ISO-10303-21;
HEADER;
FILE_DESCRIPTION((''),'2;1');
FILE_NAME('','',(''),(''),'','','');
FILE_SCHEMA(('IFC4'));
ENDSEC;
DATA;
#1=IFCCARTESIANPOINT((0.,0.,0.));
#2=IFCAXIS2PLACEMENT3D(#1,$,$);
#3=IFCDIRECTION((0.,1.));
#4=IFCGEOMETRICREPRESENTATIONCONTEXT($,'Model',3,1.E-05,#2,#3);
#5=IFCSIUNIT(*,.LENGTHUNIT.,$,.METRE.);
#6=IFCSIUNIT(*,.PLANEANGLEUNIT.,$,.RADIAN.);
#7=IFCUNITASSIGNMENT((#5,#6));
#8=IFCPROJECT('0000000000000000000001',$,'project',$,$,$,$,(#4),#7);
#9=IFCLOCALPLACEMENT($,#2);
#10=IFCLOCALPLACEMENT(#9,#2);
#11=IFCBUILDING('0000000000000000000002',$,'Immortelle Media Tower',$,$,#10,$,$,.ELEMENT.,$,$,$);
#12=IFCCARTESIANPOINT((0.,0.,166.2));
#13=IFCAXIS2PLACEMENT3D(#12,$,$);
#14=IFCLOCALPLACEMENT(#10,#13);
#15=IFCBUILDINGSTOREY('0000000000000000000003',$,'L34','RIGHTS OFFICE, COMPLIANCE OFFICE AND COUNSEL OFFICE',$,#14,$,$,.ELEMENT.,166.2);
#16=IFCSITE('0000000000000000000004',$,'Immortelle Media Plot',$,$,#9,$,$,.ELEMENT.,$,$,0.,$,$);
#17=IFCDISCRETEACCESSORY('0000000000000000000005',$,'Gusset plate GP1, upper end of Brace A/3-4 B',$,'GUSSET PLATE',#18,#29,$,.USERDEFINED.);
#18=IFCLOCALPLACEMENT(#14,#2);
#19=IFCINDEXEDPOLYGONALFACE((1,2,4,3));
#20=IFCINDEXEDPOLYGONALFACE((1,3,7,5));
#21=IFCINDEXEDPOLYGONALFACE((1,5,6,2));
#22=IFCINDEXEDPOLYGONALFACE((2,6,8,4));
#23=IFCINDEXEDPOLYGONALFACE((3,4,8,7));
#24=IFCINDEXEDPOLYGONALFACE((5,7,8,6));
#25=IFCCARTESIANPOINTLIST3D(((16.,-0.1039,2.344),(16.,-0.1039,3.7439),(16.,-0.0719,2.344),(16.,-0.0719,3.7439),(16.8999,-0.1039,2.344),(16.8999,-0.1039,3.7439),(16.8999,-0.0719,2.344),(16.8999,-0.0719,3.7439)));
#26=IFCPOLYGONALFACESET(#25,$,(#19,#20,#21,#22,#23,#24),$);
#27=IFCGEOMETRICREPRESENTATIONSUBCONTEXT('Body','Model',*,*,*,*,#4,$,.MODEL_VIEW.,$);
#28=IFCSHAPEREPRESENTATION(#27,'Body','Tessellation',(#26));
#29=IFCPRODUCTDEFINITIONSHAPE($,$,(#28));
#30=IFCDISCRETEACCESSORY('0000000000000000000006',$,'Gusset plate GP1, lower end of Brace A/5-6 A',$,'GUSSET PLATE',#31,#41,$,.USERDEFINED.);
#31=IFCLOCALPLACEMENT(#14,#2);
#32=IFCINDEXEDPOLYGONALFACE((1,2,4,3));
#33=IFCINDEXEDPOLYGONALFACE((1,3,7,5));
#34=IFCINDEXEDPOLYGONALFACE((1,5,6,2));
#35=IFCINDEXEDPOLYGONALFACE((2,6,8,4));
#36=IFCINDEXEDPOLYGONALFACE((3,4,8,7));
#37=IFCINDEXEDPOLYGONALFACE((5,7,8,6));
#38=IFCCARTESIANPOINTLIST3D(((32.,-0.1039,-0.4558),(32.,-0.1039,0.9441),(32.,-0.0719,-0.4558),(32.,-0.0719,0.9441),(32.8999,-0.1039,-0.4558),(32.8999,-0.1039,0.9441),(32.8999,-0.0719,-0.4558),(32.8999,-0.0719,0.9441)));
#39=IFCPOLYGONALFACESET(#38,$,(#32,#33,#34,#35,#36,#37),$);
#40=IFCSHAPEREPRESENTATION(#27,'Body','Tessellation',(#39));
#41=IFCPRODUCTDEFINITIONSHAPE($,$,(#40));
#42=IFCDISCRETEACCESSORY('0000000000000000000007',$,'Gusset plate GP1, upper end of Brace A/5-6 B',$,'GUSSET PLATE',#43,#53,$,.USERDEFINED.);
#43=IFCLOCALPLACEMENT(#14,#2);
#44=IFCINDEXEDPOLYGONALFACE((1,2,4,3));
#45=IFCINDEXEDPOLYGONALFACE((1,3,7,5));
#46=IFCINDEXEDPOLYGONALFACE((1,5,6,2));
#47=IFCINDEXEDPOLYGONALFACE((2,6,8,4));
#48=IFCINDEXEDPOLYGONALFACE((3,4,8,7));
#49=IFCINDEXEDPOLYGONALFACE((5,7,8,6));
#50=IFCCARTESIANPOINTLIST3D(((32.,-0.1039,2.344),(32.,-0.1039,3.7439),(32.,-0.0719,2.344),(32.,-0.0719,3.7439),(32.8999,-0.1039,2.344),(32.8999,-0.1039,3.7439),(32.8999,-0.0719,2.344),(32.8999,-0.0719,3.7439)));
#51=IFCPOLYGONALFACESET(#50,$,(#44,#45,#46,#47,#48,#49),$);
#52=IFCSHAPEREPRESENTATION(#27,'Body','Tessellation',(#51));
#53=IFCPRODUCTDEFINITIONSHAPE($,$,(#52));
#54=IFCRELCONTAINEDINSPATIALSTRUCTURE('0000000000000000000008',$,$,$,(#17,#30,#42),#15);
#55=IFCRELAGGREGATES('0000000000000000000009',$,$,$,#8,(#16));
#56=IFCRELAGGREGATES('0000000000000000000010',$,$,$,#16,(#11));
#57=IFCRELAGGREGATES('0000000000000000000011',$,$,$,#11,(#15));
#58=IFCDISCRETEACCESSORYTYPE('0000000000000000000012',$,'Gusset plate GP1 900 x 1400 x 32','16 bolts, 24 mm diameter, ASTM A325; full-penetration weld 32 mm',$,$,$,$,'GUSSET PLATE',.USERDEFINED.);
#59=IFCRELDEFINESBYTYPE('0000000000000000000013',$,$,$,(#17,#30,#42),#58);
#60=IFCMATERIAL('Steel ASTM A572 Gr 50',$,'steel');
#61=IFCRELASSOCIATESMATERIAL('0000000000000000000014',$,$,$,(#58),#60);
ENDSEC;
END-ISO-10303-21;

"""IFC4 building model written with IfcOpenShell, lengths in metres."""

from ifc_helpers import new_model, si_unit, direction, frame, origin, origin_2d, place, context, subcontext, project, spatial, rectangle, extrude, material, material_profile, profile_set, type_object, element, save


model = new_model("IFC4")

# Units and contexts
model_context = context("Model", 3, precision=1e-05, world=origin(), true_north=direction((0.0, 1.0)))
body_context = subcontext(model_context, "Body", "Model", "MODEL_VIEW")
ifc_project = project(units=[si_unit("LENGTHUNIT", "METRE"), si_unit("PLANEANGLEUNIT", "RADIAN")], contexts=[model_context])

# Site, building, storey
site_placement = place(None, origin())
site = spatial("IfcSite", under=ifc_project, at=site_placement, Name="Immortelle Media Plot", CompositionType="ELEMENT", RefElevation=0.0)
building_placement = place(site_placement, origin())
building = spatial("IfcBuilding", under=site, at=building_placement, Name="Immortelle Media Tower", CompositionType="ELEMENT")
storey_placement = place(building_placement, frame((0.0, 0.0, 166.2)))
storey = spatial("IfcBuildingStorey", under=building, at=storey_placement, Name="L34", Description="RIGHTS OFFICE, COMPLIANCE OFFICE AND COUNSEL OFFICE", CompositionType="ELEMENT", Elevation=166.2)

# Discrete accessories
ifc_material_1 = material(Name="Steel ASTM A572 Gr 50", Category="steel")
ifc_material_profile_1 = material_profile(ifc_material_1, rectangle(XDim=0.032, YDim=1.3999, at=origin_2d()), Name="PL 32 x 1400")
ifc_profile_set_1 = profile_set([ifc_material_profile_1], Name="Steel ASTM A572 Gr 50")
discrete_accessory_type_1 = type_object("IfcDiscreteAccessoryType", Name="Gusset plate GP1 900 x 1400 x 32", Description="16 bolts, 24 mm diameter, ASTM A325; full-penetration weld 32 mm", ElementType="GUSSET PLATE", PredefinedType="USERDEFINED", material=ifc_profile_set_1)
for number, where, z_axis, x_axis, name in (
    (1, (16.0, -0.0879, 3.0439), (1.0, 0.0, 0.0), (0.0, 1.0, 0.0), "Gusset plate GP1, upper end of Brace A/3-4 B"),
    (2, (32.0, -0.0879, 0.2441), (1.0, 0.0, 0.0), (0.0, 1.0, 0.0), "Gusset plate GP1, lower end of Brace A/5-6 A"),
    (3, (32.0, -0.0879, 3.0439), (1.0, 0.0, 0.0), (0.0, 1.0, 0.0), "Gusset plate GP1, upper end of Brace A/5-6 B"),
):
    element("IfcDiscreteAccessory", number, at=place(storey_placement, frame(where, z_axis=z_axis, x_axis=x_axis)), inside=storey, type_object=discrete_accessory_type_1, Name=name, ObjectType="GUSSET PLATE", PredefinedType="USERDEFINED", context=body_context, shape_type="SweptSolid", body=[
        extrude(rectangle(XDim=0.032, YDim=1.3999, at=origin_2d()), origin(), (0.0, 0.0, 1.0), 0.8999),
    ])

save(model, "model.ifc")
